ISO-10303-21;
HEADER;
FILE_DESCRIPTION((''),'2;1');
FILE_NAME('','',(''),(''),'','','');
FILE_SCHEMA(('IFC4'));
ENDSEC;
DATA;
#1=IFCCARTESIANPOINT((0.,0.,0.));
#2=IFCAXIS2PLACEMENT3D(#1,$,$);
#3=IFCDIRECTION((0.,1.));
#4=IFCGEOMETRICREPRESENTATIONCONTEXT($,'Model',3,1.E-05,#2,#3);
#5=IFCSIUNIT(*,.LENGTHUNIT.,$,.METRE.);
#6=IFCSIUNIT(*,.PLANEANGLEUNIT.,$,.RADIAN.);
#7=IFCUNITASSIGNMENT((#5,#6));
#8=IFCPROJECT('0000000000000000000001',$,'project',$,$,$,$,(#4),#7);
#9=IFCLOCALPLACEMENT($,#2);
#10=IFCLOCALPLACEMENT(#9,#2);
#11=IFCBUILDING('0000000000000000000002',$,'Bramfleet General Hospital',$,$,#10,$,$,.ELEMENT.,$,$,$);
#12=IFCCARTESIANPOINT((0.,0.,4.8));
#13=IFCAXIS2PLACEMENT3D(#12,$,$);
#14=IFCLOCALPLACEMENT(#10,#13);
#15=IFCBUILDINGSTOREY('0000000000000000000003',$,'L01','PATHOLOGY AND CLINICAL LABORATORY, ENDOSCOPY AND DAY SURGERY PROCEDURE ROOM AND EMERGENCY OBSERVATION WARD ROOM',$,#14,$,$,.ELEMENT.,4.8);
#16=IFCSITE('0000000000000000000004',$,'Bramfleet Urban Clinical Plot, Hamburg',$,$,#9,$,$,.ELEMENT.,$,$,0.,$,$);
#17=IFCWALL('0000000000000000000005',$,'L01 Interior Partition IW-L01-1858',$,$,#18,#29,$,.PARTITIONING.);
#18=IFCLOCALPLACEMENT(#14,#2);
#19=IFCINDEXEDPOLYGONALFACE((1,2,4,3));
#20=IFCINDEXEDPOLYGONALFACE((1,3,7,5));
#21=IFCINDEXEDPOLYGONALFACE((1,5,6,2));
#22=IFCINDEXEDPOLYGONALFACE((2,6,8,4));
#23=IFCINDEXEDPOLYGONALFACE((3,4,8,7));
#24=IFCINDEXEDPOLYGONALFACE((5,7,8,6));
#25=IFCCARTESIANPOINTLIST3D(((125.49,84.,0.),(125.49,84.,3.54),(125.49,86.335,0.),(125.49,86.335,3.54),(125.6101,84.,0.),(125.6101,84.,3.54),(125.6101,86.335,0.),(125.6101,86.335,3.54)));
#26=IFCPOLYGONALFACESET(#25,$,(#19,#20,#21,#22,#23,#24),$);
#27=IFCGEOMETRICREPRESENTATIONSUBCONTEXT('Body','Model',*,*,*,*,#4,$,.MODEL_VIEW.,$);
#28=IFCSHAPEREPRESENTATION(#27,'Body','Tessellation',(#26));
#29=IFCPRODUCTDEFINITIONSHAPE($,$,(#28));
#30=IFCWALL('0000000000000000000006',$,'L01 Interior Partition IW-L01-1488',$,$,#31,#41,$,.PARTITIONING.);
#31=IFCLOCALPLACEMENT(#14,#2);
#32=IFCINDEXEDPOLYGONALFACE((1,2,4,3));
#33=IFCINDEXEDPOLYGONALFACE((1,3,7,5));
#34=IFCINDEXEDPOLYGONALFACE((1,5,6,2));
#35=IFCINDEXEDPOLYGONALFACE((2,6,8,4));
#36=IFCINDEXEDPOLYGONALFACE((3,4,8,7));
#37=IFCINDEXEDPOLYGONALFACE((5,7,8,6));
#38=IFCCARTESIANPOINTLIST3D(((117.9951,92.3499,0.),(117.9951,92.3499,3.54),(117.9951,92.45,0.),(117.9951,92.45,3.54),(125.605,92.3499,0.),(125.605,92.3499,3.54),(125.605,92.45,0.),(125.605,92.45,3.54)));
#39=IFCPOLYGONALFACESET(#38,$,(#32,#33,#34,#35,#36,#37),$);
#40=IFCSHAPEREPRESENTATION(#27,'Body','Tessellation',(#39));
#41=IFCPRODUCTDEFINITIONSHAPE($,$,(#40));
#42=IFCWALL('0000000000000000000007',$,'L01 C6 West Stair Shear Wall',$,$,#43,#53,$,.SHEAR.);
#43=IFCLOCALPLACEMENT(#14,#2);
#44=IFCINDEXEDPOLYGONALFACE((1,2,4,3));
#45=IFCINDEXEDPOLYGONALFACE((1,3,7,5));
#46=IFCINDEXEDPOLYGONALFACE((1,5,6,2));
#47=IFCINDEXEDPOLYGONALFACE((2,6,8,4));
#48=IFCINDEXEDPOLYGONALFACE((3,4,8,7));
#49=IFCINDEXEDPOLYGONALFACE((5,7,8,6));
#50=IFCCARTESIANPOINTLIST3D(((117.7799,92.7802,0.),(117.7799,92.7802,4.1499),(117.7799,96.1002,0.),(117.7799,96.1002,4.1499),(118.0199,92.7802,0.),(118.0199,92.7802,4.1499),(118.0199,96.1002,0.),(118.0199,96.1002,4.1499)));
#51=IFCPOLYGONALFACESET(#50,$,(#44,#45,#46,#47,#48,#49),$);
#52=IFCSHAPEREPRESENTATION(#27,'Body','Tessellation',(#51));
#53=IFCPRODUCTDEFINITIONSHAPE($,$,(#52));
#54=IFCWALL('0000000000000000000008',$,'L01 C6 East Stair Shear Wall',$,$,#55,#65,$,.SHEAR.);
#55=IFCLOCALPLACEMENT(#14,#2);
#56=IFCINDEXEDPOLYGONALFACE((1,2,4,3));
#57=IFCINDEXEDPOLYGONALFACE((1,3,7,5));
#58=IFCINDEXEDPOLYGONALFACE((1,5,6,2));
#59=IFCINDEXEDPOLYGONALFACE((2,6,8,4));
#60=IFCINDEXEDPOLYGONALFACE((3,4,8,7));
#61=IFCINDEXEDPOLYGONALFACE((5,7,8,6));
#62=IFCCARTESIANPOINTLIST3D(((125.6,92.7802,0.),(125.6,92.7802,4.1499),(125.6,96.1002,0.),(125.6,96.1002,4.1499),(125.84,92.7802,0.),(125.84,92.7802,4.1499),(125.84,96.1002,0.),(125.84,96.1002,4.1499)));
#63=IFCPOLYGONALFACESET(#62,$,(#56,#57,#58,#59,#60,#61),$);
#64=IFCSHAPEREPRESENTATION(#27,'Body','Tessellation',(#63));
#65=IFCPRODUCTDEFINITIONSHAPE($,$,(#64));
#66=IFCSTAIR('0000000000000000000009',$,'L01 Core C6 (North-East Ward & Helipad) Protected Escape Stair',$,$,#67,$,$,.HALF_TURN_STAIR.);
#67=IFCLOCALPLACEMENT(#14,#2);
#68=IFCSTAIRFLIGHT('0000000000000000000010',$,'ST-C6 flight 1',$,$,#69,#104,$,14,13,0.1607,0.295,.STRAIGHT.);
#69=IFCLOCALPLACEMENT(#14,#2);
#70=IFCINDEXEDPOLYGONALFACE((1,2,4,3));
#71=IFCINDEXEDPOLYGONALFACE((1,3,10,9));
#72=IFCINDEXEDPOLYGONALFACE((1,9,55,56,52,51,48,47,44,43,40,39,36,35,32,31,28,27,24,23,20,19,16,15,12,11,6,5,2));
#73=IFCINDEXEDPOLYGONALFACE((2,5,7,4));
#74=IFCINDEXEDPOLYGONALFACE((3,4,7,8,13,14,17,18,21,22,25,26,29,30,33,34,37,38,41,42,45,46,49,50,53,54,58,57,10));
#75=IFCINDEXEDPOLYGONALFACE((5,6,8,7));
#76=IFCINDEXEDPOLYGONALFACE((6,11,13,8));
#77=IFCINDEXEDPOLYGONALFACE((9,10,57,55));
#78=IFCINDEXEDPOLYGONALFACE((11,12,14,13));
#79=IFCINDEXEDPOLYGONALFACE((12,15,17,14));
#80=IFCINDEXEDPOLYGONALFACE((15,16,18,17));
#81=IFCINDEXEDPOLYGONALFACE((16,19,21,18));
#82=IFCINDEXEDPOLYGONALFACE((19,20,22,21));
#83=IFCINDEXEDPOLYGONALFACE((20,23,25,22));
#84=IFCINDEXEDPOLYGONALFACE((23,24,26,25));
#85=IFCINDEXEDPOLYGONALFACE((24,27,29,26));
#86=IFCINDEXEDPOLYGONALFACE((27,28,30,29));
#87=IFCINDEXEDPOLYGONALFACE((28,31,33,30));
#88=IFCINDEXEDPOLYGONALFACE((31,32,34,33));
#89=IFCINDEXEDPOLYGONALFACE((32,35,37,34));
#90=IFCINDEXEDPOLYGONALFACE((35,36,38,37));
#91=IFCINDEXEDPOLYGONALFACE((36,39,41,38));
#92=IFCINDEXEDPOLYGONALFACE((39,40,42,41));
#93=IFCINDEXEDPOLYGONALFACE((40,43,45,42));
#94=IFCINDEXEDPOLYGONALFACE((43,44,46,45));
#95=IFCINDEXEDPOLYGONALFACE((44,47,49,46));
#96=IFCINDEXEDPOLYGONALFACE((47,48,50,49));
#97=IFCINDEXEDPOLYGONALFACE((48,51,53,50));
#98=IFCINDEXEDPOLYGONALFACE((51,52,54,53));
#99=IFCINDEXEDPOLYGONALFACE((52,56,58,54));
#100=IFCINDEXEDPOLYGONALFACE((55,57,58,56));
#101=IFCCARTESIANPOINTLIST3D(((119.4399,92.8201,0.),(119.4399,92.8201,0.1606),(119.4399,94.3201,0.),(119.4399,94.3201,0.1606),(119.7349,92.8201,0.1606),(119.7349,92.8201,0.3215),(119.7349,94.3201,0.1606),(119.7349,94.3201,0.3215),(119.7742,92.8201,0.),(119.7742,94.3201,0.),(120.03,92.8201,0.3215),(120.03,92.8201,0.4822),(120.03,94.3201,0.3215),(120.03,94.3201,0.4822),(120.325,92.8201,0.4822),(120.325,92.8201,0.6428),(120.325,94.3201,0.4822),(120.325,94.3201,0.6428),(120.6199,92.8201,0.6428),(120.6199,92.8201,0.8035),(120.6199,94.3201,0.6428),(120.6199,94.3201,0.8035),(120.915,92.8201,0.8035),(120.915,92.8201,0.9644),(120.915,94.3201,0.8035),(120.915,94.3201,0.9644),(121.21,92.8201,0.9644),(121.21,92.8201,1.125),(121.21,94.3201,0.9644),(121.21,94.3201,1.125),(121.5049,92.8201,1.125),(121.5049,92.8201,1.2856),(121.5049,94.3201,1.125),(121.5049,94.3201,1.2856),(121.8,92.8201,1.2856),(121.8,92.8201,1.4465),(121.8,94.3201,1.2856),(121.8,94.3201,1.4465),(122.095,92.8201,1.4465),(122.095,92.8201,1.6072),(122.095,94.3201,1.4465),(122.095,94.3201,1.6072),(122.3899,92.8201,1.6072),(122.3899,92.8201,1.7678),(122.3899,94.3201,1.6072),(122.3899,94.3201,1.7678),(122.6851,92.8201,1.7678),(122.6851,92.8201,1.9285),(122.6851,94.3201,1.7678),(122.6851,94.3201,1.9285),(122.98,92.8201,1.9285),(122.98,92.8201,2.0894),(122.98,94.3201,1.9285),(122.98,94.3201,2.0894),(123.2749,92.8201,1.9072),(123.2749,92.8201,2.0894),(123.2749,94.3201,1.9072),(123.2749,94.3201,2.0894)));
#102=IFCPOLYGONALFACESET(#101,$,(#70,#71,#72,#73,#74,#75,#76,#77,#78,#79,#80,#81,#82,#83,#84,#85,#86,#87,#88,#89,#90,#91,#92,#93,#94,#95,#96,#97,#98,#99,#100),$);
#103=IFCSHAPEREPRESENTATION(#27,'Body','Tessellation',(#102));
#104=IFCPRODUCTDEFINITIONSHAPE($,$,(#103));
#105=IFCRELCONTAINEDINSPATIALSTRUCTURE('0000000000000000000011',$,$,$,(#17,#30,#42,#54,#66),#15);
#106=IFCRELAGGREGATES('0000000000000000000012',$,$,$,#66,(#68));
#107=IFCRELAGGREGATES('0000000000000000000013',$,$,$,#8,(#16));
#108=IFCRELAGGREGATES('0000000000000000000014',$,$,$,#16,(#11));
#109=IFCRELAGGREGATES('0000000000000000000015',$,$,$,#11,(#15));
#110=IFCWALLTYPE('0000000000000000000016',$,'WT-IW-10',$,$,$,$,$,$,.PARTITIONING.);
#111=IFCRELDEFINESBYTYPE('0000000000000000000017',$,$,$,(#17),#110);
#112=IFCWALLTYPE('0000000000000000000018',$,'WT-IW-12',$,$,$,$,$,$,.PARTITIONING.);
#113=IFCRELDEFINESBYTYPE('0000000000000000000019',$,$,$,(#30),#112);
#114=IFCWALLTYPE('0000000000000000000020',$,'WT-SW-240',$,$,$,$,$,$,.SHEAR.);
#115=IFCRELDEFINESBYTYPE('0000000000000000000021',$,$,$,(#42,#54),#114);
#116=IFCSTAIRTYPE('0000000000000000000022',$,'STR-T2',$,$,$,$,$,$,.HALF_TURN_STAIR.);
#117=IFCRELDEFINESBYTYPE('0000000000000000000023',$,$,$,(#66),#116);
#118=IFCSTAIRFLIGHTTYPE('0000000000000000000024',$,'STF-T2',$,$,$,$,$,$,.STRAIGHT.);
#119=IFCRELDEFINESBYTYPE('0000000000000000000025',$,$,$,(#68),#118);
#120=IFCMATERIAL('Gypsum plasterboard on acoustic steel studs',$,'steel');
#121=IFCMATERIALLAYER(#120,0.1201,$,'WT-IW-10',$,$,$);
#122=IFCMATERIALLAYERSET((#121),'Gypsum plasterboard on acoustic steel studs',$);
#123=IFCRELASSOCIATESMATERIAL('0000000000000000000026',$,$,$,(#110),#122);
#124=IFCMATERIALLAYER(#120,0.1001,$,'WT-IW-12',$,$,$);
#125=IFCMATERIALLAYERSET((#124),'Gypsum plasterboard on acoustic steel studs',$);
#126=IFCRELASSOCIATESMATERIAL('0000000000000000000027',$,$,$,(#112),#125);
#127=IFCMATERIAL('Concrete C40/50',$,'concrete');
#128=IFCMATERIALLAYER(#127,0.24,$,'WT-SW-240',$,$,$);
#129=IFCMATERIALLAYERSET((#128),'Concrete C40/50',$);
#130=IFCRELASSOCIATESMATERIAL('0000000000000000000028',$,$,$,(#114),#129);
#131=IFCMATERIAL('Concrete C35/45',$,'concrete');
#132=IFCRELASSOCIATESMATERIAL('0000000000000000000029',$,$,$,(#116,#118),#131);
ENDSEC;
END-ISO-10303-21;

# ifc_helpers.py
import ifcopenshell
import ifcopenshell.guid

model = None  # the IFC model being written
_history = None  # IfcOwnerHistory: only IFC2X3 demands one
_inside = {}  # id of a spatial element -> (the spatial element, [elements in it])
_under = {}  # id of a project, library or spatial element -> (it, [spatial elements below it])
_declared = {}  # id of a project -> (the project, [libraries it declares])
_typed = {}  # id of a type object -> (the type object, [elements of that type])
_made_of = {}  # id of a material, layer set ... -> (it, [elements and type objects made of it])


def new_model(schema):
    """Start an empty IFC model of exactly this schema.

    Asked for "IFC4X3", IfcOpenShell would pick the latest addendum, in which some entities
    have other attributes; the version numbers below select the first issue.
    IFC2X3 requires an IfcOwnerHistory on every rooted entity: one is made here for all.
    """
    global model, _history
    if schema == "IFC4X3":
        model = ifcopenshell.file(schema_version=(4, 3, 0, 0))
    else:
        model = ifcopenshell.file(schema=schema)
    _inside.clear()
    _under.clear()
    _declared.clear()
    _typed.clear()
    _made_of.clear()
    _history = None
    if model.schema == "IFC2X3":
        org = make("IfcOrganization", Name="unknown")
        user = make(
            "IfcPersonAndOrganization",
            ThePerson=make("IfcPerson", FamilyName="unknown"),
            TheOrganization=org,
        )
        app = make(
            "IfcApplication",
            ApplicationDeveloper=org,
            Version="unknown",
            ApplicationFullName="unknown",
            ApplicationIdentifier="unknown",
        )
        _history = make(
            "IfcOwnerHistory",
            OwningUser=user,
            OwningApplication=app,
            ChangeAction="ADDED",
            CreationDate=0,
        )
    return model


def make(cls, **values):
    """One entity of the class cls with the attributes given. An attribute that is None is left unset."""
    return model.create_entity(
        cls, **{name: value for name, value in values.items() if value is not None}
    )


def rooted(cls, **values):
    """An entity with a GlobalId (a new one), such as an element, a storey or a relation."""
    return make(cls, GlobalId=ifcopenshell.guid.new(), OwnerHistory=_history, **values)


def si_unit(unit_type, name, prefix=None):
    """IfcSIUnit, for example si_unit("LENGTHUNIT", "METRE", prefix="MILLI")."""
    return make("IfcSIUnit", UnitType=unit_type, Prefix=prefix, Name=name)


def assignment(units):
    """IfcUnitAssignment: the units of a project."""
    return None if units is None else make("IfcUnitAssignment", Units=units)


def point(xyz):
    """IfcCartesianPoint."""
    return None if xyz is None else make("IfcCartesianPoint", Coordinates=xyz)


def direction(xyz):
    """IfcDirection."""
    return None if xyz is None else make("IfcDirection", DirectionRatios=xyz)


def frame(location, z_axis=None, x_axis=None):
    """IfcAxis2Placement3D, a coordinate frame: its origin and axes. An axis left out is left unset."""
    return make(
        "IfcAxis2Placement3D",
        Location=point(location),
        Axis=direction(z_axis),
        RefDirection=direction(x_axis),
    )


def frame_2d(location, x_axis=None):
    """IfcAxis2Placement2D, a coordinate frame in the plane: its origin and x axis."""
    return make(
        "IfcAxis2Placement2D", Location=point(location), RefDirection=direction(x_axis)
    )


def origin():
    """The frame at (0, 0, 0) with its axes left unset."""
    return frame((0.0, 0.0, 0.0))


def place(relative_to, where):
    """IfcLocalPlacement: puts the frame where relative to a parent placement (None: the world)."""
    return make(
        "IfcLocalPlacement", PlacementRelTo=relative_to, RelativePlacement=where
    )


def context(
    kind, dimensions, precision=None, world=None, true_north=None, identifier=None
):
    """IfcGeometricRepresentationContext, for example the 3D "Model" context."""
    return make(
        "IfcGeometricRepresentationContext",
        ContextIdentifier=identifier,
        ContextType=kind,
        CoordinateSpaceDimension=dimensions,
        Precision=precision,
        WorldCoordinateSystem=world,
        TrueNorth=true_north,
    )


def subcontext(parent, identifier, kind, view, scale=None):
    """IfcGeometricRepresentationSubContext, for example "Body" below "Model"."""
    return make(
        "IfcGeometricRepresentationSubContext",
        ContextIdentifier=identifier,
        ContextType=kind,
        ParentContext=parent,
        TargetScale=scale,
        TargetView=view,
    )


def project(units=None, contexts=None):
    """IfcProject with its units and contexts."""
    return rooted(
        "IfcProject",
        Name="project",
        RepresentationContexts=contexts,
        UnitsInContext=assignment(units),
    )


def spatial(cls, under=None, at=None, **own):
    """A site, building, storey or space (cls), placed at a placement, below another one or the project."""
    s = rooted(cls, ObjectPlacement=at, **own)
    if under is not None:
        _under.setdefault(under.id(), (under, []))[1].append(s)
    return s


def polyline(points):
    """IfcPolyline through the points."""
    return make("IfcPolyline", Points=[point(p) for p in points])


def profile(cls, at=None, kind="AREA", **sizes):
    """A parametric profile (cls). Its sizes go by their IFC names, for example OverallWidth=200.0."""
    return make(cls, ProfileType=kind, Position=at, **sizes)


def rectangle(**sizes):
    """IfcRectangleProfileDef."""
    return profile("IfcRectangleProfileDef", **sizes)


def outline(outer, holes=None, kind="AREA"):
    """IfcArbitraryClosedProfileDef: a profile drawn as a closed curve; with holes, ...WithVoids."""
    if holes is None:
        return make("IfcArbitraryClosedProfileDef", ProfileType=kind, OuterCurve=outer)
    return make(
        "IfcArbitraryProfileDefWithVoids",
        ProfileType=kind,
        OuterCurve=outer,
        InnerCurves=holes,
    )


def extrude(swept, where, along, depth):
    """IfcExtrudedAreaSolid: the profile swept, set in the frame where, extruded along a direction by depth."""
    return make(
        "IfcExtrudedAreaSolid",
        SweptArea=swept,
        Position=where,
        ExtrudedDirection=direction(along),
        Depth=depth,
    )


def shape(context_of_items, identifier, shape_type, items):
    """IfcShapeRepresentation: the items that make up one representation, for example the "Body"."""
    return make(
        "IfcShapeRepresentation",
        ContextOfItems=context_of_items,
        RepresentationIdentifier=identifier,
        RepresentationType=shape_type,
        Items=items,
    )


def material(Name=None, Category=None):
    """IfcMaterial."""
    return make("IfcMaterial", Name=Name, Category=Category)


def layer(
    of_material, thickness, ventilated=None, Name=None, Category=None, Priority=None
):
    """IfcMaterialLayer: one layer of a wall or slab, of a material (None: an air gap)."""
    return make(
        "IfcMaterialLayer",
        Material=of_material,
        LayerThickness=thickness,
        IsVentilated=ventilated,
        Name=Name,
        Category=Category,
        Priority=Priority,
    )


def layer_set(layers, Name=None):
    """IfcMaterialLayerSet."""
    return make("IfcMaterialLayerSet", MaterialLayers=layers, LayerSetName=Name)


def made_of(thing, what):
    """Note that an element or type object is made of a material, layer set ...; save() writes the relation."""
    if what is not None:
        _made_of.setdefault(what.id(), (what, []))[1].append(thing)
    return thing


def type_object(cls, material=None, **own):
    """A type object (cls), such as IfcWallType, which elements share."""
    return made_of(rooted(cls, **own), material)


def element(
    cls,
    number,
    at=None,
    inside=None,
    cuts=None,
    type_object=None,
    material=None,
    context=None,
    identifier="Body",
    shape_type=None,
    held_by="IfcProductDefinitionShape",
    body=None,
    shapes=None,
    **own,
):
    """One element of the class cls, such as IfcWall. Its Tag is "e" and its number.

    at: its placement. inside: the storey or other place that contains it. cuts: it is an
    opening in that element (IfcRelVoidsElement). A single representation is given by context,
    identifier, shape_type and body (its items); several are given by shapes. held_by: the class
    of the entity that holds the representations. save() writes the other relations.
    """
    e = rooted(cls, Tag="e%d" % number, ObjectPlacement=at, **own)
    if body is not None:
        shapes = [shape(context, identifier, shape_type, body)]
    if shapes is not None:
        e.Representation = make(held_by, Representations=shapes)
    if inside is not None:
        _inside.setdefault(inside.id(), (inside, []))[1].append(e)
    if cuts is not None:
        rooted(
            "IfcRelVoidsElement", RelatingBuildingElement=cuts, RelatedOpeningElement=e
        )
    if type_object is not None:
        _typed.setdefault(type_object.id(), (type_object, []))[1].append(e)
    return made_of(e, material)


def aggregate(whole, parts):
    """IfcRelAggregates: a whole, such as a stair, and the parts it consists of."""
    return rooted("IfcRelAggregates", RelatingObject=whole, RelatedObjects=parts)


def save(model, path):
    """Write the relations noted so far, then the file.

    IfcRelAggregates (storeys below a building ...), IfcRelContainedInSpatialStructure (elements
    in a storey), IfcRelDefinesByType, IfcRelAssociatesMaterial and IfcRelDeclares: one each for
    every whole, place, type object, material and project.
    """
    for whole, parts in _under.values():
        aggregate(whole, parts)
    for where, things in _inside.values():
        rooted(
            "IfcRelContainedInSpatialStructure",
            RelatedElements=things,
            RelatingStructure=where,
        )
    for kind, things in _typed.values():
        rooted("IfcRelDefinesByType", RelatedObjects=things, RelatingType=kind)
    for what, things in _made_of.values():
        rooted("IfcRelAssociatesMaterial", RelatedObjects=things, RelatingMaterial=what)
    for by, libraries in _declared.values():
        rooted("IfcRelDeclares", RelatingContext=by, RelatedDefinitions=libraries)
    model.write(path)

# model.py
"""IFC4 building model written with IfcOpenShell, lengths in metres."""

from ifc_helpers import new_model, si_unit, direction, frame, frame_2d, origin, place, context, subcontext, project, spatial, polyline, rectangle, outline, extrude, material, layer, layer_set, type_object, element, aggregate, save


model = new_model("IFC4")

# Units and contexts
model_context = context("Model", 3, precision=1e-05, world=origin(), true_north=direction((0.0, 1.0)))
body_context = subcontext(model_context, "Body", "Model", "MODEL_VIEW")
ifc_project = project(units=[si_unit("LENGTHUNIT", "METRE"), si_unit("PLANEANGLEUNIT", "RADIAN")], contexts=[model_context])

# Site, building, storey
site_placement = place(None, origin())
site = spatial("IfcSite", under=ifc_project, at=site_placement, Name="Bramfleet Urban Clinical Plot, Hamburg", CompositionType="ELEMENT", RefElevation=0.0)
building_placement = place(site_placement, origin())
building = spatial("IfcBuilding", under=site, at=building_placement, Name="Bramfleet General Hospital", CompositionType="ELEMENT")
storey_placement = place(building_placement, frame((0.0, 0.0, 4.8)))
storey = spatial("IfcBuildingStorey", under=building, at=storey_placement, Name="L01", Description="PATHOLOGY AND CLINICAL LABORATORY, ENDOSCOPY AND DAY SURGERY PROCEDURE ROOM AND EMERGENCY OBSERVATION WARD ROOM", CompositionType="ELEMENT", Elevation=4.8)

# Shared definitions
ifc_material_1 = material(Name="Concrete C40/50", Category="concrete")

# Shared definitions
ifc_material_2 = material(Name="Concrete C35/45", Category="concrete")

# Shared definitions
ifc_material_3 = material(Name="Gypsum plasterboard on acoustic steel studs", Category="steel")

# Walls
ifc_layer_1 = layer(ifc_material_3, 0.1201, Name="WT-IW-10")
ifc_layer_set_1 = layer_set([ifc_layer_1], Name="Gypsum plasterboard on acoustic steel studs")
wall_type_1 = type_object("IfcWallType", Name="WT-IW-10", PredefinedType="PARTITIONING", material=ifc_layer_set_1)
wall_1_placement = place(storey_placement, frame((125.55, 84.0, 0.0), z_axis=(0.0, 0.0, 1.0), x_axis=(0.0, 1.0, 0.0)))
element("IfcWall", 1, at=wall_1_placement, inside=storey, type_object=wall_type_1, Name="L01 Interior Partition IW-L01-1858", PredefinedType="PARTITIONING", context=body_context, shape_type="SweptSolid", body=[
    extrude(rectangle(XDim=2.335, YDim=0.1201, at=frame_2d((1.1675, 0.0))), origin(), (0.0, 0.0, 1.0), 3.54),
])
ifc_layer_2 = layer(ifc_material_3, 0.1001, Name="WT-IW-12")
ifc_layer_set_2 = layer_set([ifc_layer_2], Name="Gypsum plasterboard on acoustic steel studs")
wall_type_2 = type_object("IfcWallType", Name="WT-IW-12", PredefinedType="PARTITIONING", material=ifc_layer_set_2)
wall_2_placement = place(storey_placement, frame((117.9951, 92.3999, 0.0), z_axis=(0.0, 0.0, 1.0), x_axis=(1.0, 0.0, 0.0)))
element("IfcWall", 2, at=wall_2_placement, inside=storey, type_object=wall_type_2, Name="L01 Interior Partition IW-L01-1488", PredefinedType="PARTITIONING", context=body_context, shape_type="SweptSolid", body=[
    extrude(rectangle(XDim=7.6099, YDim=0.1001, at=frame_2d((3.8049, 0.0))), origin(), (0.0, 0.0, 1.0), 3.54),
])
ifc_layer_3 = layer(ifc_material_1, 0.24, Name="WT-SW-240")
ifc_layer_set_3 = layer_set([ifc_layer_3], Name="Concrete C40/50")
wall_type_3 = type_object("IfcWallType", Name="WT-SW-240", PredefinedType="SHEAR", material=ifc_layer_set_3)
for number, where, z_axis, x_axis, name in (
    (3, (117.8999, 92.78, 0.0), (0.0, 0.0, 1.0), (0.0, 1.0, 0.0), "L01 C6 West Stair Shear Wall"),
    (4, (125.72, 92.78, 0.0), (0.0, 0.0, 1.0), (0.0, 1.0, 0.0), "L01 C6 East Stair Shear Wall"),
):
    element("IfcWall", number, at=place(storey_placement, frame(where, z_axis=z_axis, x_axis=x_axis)), inside=storey, type_object=wall_type_3, Name=name, PredefinedType="SHEAR", context=body_context, shape_type="SweptSolid", body=[
        extrude(rectangle(XDim=3.3201, YDim=0.24, at=frame_2d((1.6602, 0.0))), origin(), (0.0, 0.0, 1.0), 4.1499),
    ])

# Stair, stair flight
stair_type = type_object("IfcStairType", Name="STR-T2", PredefinedType="HALF_TURN_STAIR", material=ifc_material_2)
stair_placement = place(storey_placement, origin())
stair = element("IfcStair", 5, at=stair_placement, inside=storey, type_object=stair_type, Name="L01 Core C6 (North-East Ward & Helipad) Protected Escape Stair", PredefinedType="HALF_TURN_STAIR")
stair_flight_type = type_object("IfcStairFlightType", Name="STF-T2", PredefinedType="STRAIGHT", material=ifc_material_2)
stair_flight_placement = place(storey_placement, frame((119.4399, 93.5701, 0.0), z_axis=(0.0, 0.0, 1.0), x_axis=(1.0, 0.0, 0.0)))
stair_flight = element("IfcStairFlight", 6, at=stair_flight_placement, type_object=stair_flight_type, Name="ST-C6 flight 1", NumberOfRisers=14, NumberOfTreads=13, PredefinedType="STRAIGHT", RiserHeight=0.1607, TreadLength=0.295, context=body_context, shape_type="SweptSolid", body=[
    extrude(outline(polyline([(0.0, 0.0), (0.0, 0.1606), (0.2949, 0.1606), (0.2949, 0.3215), (0.5901, 0.3215), (0.5901, 0.4822), (0.885, 0.4822), (0.885, 0.6428), (1.1799, 0.6428), (1.1799, 0.8035), (1.4751, 0.8035), (1.4751, 0.9644), (1.77, 0.9644), (1.77, 1.125), (2.0649, 1.125), (2.0649, 1.2856), (2.3601, 1.2856), (2.3601, 1.4465), (2.655, 1.4465), (2.655, 1.6072), (2.95, 1.6072), (2.95, 1.7678), (3.2451, 1.7678), (3.2451, 1.9285), (3.54, 1.9285), (3.54, 2.0894), (3.835, 2.0894), (3.835, 2.25), (3.835, 1.9072), (0.3342, 0.0), (0.0, 0.0)])), frame((0.0, 0.75, 0.0), z_axis=(0.0, -1.0, 0.0), x_axis=(1.0, 0.0, 0.0)), (0.0, 0.0, 1.0), 1.5),
])
aggregate(stair, [stair_flight])

save(model, "model.ifc")
